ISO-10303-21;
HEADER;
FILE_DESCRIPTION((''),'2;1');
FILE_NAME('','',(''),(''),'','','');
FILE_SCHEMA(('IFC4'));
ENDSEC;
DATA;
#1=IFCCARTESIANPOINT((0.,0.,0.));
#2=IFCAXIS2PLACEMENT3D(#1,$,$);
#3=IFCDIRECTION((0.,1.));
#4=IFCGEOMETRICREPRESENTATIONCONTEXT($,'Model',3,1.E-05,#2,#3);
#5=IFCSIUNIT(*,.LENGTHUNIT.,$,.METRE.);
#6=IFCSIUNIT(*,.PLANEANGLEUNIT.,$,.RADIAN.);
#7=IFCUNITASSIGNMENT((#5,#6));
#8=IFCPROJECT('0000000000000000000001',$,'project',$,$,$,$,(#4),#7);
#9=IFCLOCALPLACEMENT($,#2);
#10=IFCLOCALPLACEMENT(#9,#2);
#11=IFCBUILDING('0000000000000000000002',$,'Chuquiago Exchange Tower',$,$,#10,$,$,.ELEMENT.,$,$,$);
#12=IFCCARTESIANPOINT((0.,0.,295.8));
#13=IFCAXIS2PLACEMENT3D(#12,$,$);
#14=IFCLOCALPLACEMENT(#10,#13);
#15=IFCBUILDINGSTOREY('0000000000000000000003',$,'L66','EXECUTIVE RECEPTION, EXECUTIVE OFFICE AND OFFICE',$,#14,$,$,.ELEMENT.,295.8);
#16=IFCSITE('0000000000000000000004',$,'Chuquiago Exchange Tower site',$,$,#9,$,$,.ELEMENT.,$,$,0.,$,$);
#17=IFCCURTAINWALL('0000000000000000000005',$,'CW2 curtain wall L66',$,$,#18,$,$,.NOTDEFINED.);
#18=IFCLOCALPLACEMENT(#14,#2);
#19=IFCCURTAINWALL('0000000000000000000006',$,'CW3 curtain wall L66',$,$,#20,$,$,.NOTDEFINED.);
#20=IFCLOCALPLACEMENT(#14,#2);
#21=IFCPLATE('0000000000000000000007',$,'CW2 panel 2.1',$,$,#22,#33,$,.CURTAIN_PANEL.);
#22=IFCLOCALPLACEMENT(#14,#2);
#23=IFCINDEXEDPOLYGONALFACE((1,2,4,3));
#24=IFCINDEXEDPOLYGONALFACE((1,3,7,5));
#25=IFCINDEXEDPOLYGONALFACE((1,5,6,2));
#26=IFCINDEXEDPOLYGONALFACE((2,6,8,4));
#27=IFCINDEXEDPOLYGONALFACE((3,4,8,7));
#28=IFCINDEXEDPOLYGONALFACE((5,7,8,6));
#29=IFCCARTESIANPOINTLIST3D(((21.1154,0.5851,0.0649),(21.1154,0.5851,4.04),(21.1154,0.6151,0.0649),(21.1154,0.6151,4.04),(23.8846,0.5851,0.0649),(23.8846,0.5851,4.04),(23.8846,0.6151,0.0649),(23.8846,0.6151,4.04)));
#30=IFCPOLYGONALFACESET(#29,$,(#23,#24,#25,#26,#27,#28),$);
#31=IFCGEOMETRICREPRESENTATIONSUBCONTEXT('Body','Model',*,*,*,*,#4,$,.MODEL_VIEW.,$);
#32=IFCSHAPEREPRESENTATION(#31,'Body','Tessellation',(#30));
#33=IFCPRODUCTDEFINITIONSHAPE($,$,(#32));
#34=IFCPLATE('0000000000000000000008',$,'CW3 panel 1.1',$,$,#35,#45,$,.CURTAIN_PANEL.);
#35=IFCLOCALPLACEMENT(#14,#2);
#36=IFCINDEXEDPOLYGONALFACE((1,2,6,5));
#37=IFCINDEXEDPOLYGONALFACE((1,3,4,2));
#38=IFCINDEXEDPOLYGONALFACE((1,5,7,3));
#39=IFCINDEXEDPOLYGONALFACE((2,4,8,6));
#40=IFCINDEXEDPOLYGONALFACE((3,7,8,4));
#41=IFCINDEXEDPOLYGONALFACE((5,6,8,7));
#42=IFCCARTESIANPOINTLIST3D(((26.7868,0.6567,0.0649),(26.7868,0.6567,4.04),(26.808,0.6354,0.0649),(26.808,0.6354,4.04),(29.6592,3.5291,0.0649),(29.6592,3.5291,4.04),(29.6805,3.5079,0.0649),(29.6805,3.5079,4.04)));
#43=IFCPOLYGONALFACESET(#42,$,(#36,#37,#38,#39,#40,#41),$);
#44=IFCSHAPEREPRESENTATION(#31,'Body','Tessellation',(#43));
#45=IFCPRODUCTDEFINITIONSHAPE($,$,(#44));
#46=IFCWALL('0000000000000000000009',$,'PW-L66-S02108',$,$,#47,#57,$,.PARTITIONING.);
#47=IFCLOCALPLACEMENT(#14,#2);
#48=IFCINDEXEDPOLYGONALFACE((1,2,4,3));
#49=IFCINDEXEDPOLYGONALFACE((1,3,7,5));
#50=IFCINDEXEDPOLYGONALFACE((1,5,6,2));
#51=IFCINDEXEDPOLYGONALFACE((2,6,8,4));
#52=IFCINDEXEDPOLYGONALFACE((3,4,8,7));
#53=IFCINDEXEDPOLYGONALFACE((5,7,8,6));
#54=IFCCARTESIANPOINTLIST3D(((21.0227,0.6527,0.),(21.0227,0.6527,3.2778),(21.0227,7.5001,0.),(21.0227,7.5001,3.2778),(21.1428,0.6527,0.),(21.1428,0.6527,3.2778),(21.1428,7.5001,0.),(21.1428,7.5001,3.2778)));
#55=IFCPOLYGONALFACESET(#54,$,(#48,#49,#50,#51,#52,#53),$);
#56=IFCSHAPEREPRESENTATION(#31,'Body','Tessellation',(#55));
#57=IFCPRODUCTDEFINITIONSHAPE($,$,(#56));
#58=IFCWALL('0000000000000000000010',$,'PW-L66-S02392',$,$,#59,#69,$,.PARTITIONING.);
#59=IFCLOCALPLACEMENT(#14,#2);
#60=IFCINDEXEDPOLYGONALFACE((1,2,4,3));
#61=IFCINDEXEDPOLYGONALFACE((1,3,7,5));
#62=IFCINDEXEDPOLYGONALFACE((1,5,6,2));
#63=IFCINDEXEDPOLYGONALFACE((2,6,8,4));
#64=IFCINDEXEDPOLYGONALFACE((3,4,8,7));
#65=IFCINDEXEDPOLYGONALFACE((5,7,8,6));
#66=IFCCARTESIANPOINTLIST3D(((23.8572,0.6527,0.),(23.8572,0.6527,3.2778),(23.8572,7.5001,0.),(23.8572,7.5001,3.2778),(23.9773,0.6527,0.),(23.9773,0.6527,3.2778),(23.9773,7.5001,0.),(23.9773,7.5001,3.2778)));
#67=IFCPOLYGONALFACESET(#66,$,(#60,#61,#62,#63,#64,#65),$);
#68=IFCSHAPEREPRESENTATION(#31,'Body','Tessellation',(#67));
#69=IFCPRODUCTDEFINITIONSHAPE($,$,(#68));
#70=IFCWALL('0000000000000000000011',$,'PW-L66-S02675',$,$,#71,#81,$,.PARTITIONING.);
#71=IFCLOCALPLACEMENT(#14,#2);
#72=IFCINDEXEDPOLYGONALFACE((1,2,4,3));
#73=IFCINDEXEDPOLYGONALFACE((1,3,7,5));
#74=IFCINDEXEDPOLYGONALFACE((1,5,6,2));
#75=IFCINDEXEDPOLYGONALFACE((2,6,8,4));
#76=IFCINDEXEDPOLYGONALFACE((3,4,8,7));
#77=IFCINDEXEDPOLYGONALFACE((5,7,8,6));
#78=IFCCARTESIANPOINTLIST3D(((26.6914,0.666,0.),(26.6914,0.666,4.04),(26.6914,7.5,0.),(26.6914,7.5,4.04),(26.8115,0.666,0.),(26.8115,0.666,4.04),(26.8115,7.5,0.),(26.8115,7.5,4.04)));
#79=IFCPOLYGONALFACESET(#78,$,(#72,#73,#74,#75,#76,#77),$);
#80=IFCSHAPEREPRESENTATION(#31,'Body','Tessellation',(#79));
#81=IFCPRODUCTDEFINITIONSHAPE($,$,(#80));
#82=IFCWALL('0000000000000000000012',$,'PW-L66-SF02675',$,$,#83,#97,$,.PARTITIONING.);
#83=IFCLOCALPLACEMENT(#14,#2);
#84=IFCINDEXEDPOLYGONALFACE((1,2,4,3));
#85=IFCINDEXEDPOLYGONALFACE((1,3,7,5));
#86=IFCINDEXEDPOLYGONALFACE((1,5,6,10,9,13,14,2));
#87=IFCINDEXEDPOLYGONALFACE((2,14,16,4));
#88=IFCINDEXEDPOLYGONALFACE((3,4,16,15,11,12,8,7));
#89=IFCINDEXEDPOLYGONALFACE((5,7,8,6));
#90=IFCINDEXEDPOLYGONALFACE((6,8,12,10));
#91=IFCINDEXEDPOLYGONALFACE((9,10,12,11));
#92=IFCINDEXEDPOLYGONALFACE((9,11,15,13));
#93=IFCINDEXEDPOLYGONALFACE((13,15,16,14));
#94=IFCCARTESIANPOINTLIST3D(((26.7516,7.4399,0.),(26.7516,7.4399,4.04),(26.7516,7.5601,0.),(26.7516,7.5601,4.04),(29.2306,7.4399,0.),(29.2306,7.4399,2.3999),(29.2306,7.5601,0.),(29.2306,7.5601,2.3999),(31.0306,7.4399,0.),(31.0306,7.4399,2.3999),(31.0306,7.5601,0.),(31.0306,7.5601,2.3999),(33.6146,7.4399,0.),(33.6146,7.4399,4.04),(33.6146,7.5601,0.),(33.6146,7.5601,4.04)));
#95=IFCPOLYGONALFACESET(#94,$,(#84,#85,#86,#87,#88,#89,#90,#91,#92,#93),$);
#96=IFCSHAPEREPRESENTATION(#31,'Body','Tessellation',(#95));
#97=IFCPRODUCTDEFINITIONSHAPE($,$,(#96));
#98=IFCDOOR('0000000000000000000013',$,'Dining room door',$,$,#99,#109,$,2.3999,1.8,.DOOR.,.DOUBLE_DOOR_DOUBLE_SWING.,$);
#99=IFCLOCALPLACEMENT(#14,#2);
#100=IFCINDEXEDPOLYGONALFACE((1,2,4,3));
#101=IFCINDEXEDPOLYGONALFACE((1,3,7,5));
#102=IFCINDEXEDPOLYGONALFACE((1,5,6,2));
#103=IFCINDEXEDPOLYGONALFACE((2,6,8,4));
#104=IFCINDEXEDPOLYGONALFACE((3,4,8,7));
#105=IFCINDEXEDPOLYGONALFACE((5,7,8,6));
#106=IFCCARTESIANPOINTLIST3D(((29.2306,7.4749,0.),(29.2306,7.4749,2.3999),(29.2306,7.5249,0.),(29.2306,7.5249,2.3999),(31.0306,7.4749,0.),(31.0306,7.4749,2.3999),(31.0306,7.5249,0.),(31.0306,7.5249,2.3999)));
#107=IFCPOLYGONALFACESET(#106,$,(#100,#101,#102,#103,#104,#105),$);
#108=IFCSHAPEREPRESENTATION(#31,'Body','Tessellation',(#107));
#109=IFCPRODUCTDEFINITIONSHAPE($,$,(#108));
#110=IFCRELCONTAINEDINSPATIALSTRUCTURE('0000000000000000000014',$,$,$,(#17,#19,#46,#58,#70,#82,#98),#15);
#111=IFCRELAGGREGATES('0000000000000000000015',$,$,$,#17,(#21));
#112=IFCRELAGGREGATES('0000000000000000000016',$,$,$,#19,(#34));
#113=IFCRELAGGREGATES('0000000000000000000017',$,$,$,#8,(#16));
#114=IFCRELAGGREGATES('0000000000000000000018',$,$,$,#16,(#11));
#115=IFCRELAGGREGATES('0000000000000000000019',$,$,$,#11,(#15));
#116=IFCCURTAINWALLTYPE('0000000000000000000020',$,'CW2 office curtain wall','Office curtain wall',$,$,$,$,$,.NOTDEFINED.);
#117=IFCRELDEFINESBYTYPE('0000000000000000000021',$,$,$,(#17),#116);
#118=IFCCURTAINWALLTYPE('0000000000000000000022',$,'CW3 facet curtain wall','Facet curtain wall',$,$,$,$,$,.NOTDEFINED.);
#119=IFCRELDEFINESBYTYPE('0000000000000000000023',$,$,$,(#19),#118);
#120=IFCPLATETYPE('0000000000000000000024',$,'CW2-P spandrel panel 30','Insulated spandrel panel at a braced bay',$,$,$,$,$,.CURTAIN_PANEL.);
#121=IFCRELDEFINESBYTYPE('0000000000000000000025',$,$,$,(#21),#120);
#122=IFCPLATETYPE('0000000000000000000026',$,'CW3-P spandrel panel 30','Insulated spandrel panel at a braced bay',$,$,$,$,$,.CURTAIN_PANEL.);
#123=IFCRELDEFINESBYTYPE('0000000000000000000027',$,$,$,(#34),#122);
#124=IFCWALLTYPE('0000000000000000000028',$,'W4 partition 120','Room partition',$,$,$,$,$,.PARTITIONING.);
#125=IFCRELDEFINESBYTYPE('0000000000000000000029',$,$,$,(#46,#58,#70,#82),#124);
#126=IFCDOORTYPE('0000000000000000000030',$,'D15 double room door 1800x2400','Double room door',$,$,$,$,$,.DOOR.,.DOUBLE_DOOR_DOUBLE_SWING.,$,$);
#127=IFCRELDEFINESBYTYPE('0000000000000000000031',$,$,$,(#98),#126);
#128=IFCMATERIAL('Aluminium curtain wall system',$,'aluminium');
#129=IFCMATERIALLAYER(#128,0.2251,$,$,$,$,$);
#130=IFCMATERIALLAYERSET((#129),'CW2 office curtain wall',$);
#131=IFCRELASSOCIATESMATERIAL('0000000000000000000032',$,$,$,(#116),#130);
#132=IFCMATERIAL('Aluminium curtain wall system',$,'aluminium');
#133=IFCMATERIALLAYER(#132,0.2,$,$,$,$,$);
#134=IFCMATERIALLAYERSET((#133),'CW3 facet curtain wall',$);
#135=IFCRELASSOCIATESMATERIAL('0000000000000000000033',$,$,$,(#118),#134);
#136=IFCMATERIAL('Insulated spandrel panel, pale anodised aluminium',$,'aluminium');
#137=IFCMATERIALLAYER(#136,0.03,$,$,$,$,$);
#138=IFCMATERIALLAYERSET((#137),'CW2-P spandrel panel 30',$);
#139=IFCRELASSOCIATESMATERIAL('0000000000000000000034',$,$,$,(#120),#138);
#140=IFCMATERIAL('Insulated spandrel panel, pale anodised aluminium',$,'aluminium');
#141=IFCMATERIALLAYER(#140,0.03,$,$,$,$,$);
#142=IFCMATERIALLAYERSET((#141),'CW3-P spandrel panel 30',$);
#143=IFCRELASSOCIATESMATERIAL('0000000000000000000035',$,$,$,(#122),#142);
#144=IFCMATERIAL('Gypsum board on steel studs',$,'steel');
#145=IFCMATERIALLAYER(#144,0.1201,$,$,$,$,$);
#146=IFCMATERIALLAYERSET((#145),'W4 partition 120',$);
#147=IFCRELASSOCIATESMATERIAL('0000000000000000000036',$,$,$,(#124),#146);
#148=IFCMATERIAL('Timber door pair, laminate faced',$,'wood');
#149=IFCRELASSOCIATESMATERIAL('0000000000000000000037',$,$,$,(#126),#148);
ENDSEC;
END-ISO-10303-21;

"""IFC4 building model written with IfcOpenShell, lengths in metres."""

from ifc_helpers import new_model, si_unit, direction, frame, frame_2d, origin, origin_2d, place, context, subcontext, project, spatial, rectangle, extrude, material, layer, layer_set, type_object, element, fill, aggregate, save


model = new_model("IFC4")

# Units and contexts
model_context = context("Model", 3, precision=1e-05, world=origin(), true_north=direction((0.0, 1.0)))
body_context = subcontext(model_context, "Body", "Model", "MODEL_VIEW")
ifc_project = project(units=[si_unit("LENGTHUNIT", "METRE"), si_unit("PLANEANGLEUNIT", "RADIAN")], contexts=[model_context])

# Site, building, storey
site_placement = place(None, origin())
site = spatial("IfcSite", under=ifc_project, at=site_placement, Name="Chuquiago Exchange Tower site", CompositionType="ELEMENT", RefElevation=0.0)
building_placement = place(site_placement, origin())
building = spatial("IfcBuilding", under=site, at=building_placement, Name="Chuquiago Exchange Tower", CompositionType="ELEMENT")
storey_placement = place(building_placement, frame((0.0, 0.0, 295.8)))
storey = spatial("IfcBuildingStorey", under=building, at=storey_placement, Name="L66", Description="EXECUTIVE RECEPTION, EXECUTIVE OFFICE AND OFFICE", CompositionType="ELEMENT", Elevation=295.8)

# Curtain walls
ifc_material_1 = material(Name="Aluminium curtain wall system", Category="aluminium")
ifc_layer_1 = layer(ifc_material_1, 0.2251)
ifc_layer_set_1 = layer_set([ifc_layer_1], Name="CW2 office curtain wall")
curtain_wall_type_1 = type_object("IfcCurtainWallType", Name="CW2 office curtain wall", Description="Office curtain wall", PredefinedType="NOTDEFINED", material=ifc_layer_set_1)
curtain_wall_1_placement = place(storey_placement, origin())
curtain_wall_1 = element("IfcCurtainWall", 1, at=curtain_wall_1_placement, inside=storey, type_object=curtain_wall_type_1, Name="CW2 curtain wall L66", PredefinedType="NOTDEFINED")
ifc_material_2 = material(Name="Aluminium curtain wall system", Category="aluminium")
ifc_layer_2 = layer(ifc_material_2, 0.2)
ifc_layer_set_2 = layer_set([ifc_layer_2], Name="CW3 facet curtain wall")
curtain_wall_type_2 = type_object("IfcCurtainWallType", Name="CW3 facet curtain wall", Description="Facet curtain wall", PredefinedType="NOTDEFINED", material=ifc_layer_set_2)
curtain_wall_2_placement = place(storey_placement, origin())
curtain_wall_2 = element("IfcCurtainWall", 2, at=curtain_wall_2_placement, inside=storey, type_object=curtain_wall_type_2, Name="CW3 curtain wall L66", PredefinedType="NOTDEFINED")

# Plates
ifc_material_3 = material(Name="Insulated spandrel panel, pale anodised aluminium", Category="aluminium")
ifc_layer_3 = layer(ifc_material_3, 0.03)
ifc_layer_set_3 = layer_set([ifc_layer_3], Name="CW2-P spandrel panel 30")
plate_type_1 = type_object("IfcPlateType", Name="CW2-P spandrel panel 30", Description="Insulated spandrel panel at a braced bay", PredefinedType="CURTAIN_PANEL", material=ifc_layer_set_3)
plate_1_placement = place(storey_placement, frame((22.5, 0.6001, 0.0649), z_axis=(0.0, 0.0, 1.0), x_axis=(1.0, 0.0, 0.0)))
plate_1 = element("IfcPlate", 3, at=plate_1_placement, type_object=plate_type_1, Name="CW2 panel 2.1", PredefinedType="CURTAIN_PANEL", context=body_context, shape_type="SweptSolid", body=[
    extrude(rectangle(XDim=2.7693, YDim=0.03, at=origin_2d()), origin(), (0.0, 0.0, 1.0), 3.9751),
])
aggregate(curtain_wall_1, [plate_1])
ifc_material_4 = material(Name="Insulated spandrel panel, pale anodised aluminium", Category="aluminium")
ifc_layer_4 = layer(ifc_material_4, 0.03)
ifc_layer_set_4 = layer_set([ifc_layer_4], Name="CW3-P spandrel panel 30")
plate_type_2 = type_object("IfcPlateType", Name="CW3-P spandrel panel 30", Description="Insulated spandrel panel at a braced bay", PredefinedType="CURTAIN_PANEL", material=ifc_layer_set_4)
plate_2_placement = place(storey_placement, frame((28.2336, 2.0823, 0.0649), z_axis=(0.0, 0.0, 1.0), x_axis=(0.707107, 0.707107, 0.0)))
plate_2 = element("IfcPlate", 4, at=plate_2_placement, type_object=plate_type_2, Name="CW3 panel 1.1", PredefinedType="CURTAIN_PANEL", context=body_context, shape_type="SweptSolid", body=[
    extrude(rectangle(XDim=4.0623, YDim=0.03, at=origin_2d()), origin(), (0.0, 0.0, 1.0), 3.9751),
])
aggregate(curtain_wall_2, [plate_2])

# Walls
ifc_material_5 = material(Name="Gypsum board on steel studs", Category="steel")
ifc_layer_5 = layer(ifc_material_5, 0.1201)
ifc_layer_set_5 = layer_set([ifc_layer_5], Name="W4 partition 120")
wall_type = type_object("IfcWallType", Name="W4 partition 120", Description="Room partition", PredefinedType="PARTITIONING", material=ifc_layer_set_5)
for number, where, z_axis, x_axis, name in (
    (5, (21.0828, 0.6526, 0.0), (0.0, 0.0, 1.0), (0.0, 1.0, 0.0), "PW-L66-S02108"),
    (6, (23.9172, 0.6526, 0.0), (0.0, 0.0, 1.0), (0.0, 1.0, 0.0), "PW-L66-S02392"),
):
    element("IfcWall", number, at=place(storey_placement, frame(where, z_axis=z_axis, x_axis=x_axis)), inside=storey, type_object=wall_type, Name=name, PredefinedType="PARTITIONING", context=body_context, shape_type="SweptSolid", body=[
        extrude(rectangle(XDim=6.8474, YDim=0.1201, at=frame_2d((3.4238, 0.0))), origin(), (0.0, 0.0, 1.0), 3.2778),
    ])
wall_1_placement = place(storey_placement, frame((26.7515, 0.666, 0.0), z_axis=(0.0, 0.0, 1.0), x_axis=(0.0, 1.0, 0.0)))
element("IfcWall", 7, at=wall_1_placement, inside=storey, type_object=wall_type, Name="PW-L66-S02675", PredefinedType="PARTITIONING", context=body_context, shape_type="SweptSolid", body=[
    extrude(rectangle(XDim=6.834, YDim=0.1201, at=frame_2d((3.417, 0.0))), origin(), (0.0, 0.0, 1.0), 4.04),
])

# Wall, opening, door
wall_2_placement = place(storey_placement, frame((26.7515, 7.5, 0.0), z_axis=(0.0, 0.0, 1.0), x_axis=(1.0, 0.0, 0.0)))
wall_2 = element("IfcWall", 8, at=wall_2_placement, inside=storey, type_object=wall_type, Name="PW-L66-SF02675", PredefinedType="PARTITIONING", context=body_context, shape_type="SweptSolid", body=[
    extrude(rectangle(XDim=6.863, YDim=0.1201, at=frame_2d((3.4316, 0.0))), origin(), (0.0, 0.0, 1.0), 4.04),
])
opening_1_placement = place(wall_2_placement, frame((2.4792, 0.0, 0.0)))
opening_1 = element("IfcOpeningElement", 9, at=opening_1_placement, cuts=wall_2, PredefinedType="OPENING", context=body_context, shape_type="SweptSolid", body=[
    extrude(rectangle(XDim=1.8, YDim=2.3999, at=frame_2d((0.8999, 1.2))), frame((0.0, 0.0701, 0.0), z_axis=(0.0, -1.0, 0.0), x_axis=(1.0, 0.0, 0.0)), (0.0, 0.0, 1.0), 0.1401),
])
ifc_material_6 = material(Name="Timber door pair, laminate faced", Category="wood")
door_type_1 = type_object("IfcDoorType", Name="D15 double room door 1800x2400", Description="Double room door", OperationType="DOUBLE_DOOR_DOUBLE_SWING", PredefinedType="DOOR", material=ifc_material_6)
door_1_placement = place(opening_1_placement, origin())
door_1 = element("IfcDoor", 10, at=door_1_placement, inside=storey, type_object=door_type_1, Name="Dining room door", OperationType="DOUBLE_DOOR_DOUBLE_SWING", OverallHeight=2.3999, OverallWidth=1.8, PredefinedType="DOOR", context=body_context, shape_type="SweptSolid", body=[
    extrude(rectangle(XDim=1.8, YDim=2.3999, at=frame_2d((0.8999, 1.2))), frame((0.0, 0.0249, 0.0), z_axis=(0.0, -1.0, 0.0), x_axis=(1.0, 0.0, 0.0)), (0.0, 0.0, 1.0), 0.05),
])
fill(opening_1, door_1)

save(model, "model.ifc")
